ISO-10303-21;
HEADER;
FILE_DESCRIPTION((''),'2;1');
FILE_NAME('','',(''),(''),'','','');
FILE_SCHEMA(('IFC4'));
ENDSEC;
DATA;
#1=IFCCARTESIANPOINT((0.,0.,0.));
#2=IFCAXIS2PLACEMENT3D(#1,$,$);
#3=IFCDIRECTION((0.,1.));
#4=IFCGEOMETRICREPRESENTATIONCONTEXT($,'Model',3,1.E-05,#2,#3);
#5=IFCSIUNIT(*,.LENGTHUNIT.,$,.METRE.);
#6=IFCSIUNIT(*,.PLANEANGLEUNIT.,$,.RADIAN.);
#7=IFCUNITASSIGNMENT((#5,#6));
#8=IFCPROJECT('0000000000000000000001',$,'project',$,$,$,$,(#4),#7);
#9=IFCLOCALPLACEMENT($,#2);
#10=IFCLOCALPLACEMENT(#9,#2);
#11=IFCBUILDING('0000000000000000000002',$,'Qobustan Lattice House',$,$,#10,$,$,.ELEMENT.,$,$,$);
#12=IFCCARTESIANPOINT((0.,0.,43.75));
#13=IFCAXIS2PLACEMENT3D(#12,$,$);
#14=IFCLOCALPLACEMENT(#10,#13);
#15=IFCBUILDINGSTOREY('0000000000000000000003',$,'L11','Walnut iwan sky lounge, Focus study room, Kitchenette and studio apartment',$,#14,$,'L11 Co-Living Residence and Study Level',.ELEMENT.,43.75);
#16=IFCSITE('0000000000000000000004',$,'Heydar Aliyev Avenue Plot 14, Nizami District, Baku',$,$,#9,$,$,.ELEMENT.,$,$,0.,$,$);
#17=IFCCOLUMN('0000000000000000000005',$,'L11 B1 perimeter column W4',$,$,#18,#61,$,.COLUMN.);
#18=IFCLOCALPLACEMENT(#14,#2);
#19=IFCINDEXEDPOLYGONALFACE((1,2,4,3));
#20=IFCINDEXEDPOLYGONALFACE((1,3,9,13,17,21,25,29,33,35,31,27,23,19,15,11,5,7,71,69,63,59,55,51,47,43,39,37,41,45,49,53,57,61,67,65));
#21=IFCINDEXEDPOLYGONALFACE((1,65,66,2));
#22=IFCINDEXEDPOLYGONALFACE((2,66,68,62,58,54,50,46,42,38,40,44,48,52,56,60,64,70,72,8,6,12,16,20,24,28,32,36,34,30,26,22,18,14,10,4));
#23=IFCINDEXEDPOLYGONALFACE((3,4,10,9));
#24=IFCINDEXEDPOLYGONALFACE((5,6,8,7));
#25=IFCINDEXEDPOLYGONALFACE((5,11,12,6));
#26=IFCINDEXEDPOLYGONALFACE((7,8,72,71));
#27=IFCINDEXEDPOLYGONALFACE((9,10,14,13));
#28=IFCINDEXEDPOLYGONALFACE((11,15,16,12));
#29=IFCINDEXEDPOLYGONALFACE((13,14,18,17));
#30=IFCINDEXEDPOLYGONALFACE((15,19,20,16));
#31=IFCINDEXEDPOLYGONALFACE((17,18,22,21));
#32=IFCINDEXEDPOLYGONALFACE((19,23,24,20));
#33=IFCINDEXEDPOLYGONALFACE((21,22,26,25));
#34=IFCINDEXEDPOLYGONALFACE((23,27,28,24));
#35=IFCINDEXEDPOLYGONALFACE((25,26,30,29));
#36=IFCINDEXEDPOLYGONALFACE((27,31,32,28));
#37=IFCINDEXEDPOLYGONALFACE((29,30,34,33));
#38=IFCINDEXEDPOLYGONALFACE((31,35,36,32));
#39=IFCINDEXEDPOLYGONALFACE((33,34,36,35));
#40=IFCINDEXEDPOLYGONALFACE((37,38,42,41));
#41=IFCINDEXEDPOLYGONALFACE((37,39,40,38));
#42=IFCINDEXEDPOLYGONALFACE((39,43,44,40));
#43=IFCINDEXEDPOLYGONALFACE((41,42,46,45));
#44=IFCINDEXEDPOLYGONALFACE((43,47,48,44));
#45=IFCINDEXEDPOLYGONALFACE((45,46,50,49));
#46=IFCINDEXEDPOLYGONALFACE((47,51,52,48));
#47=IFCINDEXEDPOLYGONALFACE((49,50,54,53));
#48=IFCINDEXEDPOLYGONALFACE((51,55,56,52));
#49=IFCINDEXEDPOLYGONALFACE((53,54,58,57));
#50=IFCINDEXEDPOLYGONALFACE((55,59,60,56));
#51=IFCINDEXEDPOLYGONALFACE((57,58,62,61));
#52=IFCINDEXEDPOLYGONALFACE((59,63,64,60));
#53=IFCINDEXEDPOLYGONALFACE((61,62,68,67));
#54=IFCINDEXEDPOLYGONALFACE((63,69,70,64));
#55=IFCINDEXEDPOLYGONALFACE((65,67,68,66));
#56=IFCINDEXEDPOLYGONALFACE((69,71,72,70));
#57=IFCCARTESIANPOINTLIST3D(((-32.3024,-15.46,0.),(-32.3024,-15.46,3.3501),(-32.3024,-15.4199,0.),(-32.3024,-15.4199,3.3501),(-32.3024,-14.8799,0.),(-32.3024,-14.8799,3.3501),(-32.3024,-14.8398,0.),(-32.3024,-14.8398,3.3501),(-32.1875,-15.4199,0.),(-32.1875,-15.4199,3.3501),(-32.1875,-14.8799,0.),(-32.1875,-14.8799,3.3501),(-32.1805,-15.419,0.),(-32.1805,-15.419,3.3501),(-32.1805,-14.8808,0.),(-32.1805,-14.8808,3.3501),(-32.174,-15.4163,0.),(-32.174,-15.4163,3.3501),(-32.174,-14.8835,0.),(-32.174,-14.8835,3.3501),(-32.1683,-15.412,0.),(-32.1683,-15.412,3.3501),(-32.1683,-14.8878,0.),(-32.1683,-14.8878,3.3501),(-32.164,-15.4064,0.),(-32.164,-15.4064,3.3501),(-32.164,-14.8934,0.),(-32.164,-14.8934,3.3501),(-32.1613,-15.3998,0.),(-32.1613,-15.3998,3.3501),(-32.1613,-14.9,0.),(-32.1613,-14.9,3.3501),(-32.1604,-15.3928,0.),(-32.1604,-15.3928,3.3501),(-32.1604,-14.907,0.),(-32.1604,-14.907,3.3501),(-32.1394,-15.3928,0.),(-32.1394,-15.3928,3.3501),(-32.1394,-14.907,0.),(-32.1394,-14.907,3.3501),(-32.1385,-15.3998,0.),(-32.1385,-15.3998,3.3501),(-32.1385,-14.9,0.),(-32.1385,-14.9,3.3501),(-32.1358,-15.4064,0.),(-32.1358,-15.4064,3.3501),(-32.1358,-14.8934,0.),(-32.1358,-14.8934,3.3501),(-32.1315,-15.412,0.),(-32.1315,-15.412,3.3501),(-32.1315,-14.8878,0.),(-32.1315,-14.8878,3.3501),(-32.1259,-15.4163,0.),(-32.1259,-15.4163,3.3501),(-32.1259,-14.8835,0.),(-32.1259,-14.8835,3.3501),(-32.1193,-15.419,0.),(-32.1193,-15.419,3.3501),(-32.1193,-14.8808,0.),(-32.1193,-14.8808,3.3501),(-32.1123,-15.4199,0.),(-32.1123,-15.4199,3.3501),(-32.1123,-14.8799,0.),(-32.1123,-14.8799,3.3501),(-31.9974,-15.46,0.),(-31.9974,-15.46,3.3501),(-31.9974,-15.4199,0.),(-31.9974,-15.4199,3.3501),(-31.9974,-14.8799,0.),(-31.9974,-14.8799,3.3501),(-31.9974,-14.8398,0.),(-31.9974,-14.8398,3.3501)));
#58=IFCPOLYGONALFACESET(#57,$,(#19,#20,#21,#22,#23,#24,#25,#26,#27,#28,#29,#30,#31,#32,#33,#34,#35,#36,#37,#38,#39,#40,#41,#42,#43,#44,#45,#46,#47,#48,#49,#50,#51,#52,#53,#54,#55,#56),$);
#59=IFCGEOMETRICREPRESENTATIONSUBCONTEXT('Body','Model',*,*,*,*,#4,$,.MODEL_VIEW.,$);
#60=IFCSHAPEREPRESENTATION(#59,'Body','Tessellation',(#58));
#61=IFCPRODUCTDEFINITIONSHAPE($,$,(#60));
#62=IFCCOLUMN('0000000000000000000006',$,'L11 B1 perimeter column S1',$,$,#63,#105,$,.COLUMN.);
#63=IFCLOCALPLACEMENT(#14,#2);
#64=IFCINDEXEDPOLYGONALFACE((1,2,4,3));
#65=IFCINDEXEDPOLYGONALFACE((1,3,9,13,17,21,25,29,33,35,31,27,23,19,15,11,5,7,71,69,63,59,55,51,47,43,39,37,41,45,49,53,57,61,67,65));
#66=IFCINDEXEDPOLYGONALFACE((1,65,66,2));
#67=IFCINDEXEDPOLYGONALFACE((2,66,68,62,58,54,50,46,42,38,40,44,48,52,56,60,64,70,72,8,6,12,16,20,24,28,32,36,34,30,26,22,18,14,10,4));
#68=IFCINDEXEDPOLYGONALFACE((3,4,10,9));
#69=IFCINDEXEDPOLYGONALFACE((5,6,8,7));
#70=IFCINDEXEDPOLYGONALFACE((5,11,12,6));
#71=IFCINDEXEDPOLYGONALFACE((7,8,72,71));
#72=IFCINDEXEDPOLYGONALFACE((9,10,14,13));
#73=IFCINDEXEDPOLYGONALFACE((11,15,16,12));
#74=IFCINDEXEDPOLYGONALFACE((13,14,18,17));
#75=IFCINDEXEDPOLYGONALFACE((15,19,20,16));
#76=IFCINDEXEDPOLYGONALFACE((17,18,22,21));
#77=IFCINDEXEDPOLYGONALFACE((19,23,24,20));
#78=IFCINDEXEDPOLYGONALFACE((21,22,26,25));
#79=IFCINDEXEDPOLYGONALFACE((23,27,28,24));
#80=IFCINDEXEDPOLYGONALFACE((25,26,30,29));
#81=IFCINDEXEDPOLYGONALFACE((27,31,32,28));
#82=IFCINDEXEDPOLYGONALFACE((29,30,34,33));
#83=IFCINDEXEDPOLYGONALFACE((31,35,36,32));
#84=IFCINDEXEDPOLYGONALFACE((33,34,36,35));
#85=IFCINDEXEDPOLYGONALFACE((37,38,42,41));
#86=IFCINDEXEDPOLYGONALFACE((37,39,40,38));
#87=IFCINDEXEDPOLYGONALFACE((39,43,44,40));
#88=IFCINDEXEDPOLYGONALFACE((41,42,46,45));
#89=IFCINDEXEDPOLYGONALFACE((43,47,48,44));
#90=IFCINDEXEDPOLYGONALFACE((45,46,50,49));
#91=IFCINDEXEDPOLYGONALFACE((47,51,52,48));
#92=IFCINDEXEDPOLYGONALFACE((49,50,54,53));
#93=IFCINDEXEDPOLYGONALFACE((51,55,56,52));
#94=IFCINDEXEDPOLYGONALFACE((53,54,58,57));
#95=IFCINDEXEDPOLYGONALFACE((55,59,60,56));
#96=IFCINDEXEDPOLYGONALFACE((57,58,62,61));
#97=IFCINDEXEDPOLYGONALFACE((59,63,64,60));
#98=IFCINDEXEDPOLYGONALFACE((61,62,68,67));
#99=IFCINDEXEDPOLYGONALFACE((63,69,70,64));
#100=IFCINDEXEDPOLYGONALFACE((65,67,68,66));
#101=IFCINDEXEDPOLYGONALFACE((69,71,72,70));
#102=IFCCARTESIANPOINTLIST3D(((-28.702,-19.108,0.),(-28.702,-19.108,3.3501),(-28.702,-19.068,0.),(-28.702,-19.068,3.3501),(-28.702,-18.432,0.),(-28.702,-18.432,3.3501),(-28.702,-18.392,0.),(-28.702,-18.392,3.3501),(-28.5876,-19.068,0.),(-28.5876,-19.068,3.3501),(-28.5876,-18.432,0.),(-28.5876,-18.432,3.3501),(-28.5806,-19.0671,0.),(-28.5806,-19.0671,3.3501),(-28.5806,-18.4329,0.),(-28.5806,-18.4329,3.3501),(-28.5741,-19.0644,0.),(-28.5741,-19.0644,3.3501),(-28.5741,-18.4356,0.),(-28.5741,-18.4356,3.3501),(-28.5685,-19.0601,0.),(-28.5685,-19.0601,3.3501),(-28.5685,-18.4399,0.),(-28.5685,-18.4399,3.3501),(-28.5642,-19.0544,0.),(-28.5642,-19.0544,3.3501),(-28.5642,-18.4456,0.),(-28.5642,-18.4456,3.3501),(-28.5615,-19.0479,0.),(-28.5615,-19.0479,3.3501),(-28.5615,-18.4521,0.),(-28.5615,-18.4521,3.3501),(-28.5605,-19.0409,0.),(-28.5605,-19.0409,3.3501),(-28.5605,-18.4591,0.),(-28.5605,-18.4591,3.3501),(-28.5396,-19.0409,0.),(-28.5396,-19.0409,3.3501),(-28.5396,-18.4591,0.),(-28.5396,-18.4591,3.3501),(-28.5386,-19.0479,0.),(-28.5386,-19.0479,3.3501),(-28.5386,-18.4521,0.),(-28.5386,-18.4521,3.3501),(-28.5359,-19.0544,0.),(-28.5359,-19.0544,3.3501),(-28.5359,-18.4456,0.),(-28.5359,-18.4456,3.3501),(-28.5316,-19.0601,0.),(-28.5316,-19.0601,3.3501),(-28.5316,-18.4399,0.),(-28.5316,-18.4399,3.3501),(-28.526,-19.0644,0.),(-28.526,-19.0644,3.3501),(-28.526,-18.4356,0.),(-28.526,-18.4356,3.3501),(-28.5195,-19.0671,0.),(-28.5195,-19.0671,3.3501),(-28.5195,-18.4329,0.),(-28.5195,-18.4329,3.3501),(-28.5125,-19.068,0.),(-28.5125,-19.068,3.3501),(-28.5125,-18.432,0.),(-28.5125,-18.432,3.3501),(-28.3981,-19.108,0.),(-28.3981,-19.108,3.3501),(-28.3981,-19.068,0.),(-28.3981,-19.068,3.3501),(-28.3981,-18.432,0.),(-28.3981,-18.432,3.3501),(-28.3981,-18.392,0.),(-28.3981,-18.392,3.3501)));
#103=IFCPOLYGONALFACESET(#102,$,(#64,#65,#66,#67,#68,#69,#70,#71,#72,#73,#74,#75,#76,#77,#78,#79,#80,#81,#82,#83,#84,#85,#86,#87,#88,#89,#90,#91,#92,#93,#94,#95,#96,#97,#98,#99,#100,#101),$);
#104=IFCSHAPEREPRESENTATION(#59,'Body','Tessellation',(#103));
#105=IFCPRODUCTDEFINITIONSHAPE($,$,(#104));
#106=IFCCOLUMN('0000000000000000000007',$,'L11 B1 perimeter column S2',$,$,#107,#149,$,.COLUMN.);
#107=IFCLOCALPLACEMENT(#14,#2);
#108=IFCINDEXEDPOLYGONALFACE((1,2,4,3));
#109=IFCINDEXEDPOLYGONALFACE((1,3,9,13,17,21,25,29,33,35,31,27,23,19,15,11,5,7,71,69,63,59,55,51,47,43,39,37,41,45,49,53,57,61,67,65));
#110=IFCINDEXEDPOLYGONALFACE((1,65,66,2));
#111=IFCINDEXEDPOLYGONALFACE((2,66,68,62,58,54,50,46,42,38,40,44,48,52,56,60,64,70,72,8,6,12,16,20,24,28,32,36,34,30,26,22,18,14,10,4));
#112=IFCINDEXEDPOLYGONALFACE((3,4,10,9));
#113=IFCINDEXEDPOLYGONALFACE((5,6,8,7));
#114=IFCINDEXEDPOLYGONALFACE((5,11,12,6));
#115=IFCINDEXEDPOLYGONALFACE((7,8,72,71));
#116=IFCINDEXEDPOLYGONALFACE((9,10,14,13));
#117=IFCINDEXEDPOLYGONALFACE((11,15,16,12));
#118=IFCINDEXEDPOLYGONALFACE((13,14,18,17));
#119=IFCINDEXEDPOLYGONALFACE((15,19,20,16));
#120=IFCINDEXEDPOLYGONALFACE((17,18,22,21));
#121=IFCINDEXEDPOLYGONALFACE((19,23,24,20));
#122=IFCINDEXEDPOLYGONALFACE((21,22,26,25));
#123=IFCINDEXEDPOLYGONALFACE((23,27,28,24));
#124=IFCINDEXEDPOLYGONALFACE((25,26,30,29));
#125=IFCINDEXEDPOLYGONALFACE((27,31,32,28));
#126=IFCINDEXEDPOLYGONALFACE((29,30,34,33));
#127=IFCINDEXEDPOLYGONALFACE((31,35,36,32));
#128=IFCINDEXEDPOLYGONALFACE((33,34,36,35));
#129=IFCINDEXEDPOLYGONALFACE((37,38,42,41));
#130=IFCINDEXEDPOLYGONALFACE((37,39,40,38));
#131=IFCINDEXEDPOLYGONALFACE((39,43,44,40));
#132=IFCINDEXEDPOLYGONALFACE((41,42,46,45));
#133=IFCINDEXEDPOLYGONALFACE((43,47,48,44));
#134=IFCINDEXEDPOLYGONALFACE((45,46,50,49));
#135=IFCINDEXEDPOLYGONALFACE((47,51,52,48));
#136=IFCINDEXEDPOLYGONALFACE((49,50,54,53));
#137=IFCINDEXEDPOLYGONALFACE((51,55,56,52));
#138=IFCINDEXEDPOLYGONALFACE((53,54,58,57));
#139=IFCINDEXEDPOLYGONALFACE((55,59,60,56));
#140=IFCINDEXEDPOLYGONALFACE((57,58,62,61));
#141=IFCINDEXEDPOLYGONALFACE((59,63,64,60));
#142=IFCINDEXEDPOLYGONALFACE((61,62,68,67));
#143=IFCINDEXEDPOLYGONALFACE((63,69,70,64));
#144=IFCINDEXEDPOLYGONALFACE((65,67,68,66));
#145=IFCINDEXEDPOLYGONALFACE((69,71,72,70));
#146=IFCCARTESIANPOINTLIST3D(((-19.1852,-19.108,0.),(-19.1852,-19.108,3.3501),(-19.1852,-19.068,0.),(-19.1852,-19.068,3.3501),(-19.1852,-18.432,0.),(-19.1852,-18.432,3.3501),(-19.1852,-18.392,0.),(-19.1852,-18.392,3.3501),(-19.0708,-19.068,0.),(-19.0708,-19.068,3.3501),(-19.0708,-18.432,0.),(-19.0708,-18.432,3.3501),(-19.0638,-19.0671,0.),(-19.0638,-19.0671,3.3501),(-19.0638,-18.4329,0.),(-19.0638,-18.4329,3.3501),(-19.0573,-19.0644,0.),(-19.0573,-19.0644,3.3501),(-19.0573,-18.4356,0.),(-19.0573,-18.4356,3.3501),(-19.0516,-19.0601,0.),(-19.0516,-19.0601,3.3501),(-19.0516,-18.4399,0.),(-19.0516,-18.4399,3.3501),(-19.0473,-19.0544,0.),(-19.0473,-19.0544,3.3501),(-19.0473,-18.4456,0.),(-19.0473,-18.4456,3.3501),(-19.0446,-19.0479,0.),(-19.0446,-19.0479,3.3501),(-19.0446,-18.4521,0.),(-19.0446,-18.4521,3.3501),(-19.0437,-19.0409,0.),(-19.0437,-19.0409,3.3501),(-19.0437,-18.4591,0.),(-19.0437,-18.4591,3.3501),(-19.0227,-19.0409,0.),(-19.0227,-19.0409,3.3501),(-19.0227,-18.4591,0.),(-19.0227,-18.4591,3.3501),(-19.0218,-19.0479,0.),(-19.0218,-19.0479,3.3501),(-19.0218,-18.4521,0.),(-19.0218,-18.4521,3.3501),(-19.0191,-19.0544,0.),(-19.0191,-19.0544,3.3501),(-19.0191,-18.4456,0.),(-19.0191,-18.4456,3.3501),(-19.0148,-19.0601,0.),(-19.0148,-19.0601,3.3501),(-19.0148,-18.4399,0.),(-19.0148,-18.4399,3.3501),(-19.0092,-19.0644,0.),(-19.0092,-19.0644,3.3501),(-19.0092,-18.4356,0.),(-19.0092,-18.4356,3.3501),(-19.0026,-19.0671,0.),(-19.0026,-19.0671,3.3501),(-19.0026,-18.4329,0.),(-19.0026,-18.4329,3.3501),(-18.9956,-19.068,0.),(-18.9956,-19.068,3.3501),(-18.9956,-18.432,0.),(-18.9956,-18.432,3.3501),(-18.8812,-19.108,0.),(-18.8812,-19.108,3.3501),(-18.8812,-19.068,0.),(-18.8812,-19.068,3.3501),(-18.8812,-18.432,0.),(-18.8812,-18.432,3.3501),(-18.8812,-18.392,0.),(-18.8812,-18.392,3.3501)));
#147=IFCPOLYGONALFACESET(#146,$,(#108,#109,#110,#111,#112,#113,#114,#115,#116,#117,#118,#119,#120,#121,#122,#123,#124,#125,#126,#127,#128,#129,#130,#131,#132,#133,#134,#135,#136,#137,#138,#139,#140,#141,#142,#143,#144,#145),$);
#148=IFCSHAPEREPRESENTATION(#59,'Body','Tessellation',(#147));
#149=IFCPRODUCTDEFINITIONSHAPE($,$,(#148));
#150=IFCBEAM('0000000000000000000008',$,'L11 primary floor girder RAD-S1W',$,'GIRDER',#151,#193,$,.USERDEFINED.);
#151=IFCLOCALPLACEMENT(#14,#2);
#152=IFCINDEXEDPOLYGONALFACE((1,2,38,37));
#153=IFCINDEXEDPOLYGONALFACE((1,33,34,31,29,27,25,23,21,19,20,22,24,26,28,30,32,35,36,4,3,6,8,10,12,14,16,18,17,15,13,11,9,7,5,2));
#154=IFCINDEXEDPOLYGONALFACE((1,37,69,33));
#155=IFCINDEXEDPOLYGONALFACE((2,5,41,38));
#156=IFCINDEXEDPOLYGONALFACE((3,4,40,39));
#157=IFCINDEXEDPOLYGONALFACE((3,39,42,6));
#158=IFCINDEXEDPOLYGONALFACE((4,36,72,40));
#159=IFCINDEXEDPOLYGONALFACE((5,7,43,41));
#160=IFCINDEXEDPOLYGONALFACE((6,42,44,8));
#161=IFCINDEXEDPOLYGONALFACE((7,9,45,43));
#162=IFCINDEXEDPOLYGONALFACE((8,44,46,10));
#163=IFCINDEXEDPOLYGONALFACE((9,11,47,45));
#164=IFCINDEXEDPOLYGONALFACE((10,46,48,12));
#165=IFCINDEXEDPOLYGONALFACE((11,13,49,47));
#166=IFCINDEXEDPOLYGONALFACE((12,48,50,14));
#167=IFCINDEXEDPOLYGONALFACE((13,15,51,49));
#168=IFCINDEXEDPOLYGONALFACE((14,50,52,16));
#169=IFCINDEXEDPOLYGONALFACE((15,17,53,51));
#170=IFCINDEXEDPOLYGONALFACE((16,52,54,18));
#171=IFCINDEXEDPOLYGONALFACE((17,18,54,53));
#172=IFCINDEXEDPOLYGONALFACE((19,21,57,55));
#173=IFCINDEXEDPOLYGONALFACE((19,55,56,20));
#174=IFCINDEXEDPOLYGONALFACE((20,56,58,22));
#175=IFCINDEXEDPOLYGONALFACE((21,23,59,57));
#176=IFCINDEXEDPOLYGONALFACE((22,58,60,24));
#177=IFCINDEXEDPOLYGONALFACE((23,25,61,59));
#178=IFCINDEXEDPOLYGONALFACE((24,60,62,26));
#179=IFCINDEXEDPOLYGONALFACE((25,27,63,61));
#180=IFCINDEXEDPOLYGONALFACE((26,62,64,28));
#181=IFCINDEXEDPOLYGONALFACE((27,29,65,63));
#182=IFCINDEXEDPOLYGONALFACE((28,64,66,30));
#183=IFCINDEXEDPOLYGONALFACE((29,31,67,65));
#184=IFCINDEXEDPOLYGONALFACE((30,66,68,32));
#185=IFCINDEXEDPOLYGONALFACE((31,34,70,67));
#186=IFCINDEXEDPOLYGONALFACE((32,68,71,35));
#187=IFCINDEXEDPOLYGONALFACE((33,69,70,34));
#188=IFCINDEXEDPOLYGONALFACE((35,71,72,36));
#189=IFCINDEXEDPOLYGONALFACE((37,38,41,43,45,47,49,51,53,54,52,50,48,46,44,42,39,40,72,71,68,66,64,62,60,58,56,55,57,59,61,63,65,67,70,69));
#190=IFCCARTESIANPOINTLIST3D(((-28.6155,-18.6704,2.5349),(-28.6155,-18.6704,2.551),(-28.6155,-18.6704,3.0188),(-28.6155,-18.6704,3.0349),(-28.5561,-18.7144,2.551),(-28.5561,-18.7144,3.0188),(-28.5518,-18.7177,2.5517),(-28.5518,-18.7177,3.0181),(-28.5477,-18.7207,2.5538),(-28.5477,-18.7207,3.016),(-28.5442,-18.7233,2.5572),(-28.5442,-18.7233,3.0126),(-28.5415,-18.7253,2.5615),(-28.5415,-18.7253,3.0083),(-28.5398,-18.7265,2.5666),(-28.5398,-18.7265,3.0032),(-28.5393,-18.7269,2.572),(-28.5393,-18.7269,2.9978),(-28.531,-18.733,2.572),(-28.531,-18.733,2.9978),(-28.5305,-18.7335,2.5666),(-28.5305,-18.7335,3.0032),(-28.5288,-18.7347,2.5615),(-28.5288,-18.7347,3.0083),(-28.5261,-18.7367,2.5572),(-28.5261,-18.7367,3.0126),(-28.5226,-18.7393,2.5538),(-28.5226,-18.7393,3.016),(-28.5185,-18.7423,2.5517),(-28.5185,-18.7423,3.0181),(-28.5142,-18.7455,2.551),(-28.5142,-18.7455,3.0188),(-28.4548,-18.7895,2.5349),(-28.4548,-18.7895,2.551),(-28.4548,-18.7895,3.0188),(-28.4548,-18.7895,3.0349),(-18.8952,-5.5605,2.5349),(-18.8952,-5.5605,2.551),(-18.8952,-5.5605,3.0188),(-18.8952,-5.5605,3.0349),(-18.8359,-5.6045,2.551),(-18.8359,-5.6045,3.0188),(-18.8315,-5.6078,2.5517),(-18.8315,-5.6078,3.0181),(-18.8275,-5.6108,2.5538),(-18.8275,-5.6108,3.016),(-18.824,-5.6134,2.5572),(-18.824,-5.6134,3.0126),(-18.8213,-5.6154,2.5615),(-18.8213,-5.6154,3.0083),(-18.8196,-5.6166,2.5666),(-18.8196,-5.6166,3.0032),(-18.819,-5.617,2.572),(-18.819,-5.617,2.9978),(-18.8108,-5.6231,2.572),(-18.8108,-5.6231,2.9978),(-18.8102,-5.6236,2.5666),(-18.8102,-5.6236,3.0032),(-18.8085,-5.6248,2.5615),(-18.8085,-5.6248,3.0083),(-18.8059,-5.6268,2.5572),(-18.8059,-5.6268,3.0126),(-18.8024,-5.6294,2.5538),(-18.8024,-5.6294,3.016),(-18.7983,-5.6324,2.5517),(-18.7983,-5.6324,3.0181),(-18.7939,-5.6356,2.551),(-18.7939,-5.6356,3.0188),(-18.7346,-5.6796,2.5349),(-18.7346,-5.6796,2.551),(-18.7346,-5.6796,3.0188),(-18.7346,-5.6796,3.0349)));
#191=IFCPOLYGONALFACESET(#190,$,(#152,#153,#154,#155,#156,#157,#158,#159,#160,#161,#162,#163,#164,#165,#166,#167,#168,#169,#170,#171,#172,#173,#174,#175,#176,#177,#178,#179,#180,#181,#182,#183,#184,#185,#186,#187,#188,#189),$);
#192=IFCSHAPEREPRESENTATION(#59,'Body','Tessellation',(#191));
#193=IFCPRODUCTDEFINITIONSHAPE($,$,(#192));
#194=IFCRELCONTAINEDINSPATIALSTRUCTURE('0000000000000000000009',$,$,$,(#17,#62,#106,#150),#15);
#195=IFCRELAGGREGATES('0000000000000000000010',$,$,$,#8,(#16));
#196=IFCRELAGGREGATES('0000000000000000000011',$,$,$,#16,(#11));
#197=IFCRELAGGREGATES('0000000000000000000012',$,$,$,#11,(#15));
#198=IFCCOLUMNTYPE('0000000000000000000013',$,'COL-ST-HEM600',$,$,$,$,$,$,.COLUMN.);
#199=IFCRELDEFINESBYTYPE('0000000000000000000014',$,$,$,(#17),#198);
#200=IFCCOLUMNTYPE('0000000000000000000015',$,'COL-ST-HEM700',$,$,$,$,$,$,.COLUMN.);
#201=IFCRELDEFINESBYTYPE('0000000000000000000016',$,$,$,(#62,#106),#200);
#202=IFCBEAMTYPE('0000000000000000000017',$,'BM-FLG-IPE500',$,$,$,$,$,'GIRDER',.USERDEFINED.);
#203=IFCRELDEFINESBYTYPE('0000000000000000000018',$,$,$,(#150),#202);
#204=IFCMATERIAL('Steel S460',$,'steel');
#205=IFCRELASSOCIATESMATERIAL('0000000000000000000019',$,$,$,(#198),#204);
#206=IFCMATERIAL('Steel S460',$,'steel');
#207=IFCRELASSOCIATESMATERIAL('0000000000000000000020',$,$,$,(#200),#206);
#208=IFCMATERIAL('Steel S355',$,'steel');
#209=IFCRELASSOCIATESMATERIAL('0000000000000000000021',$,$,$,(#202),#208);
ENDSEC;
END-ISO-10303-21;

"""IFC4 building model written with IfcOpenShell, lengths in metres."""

from ifc_helpers import new_model, si_unit, direction, frame, origin, origin_2d, place, context, subcontext, project, spatial, i_section, extrude, material, material_profile, profile_set, type_object, element, save


model = new_model("IFC4")

# Units and contexts
model_context = context("Model", 3, precision=1e-05, world=origin(), true_north=direction((0.0, 1.0)))
body_context = subcontext(model_context, "Body", "Model", "MODEL_VIEW")
ifc_project = project(units=[si_unit("LENGTHUNIT", "METRE"), si_unit("PLANEANGLEUNIT", "RADIAN")], contexts=[model_context])

# Site, building, storey
site_placement = place(None, origin())
site = spatial("IfcSite", under=ifc_project, at=site_placement, Name="Heydar Aliyev Avenue Plot 14, Nizami District, Baku", CompositionType="ELEMENT", RefElevation=0.0)
building_placement = place(site_placement, origin())
building = spatial("IfcBuilding", under=site, at=building_placement, Name="Qobustan Lattice House", CompositionType="ELEMENT")
storey_placement = place(building_placement, frame((0.0, 0.0, 43.75)))
storey = spatial("IfcBuildingStorey", under=building, at=storey_placement, Name="L11", Description="Walnut iwan sky lounge, Focus study room, Kitchenette and studio apartment", LongName="L11 Co-Living Residence and Study Level", CompositionType="ELEMENT", Elevation=43.75)

# Columns
ifc_material_1 = material(Name="Steel S460", Category="steel")
ifc_material_profile_1 = material_profile(ifc_material_1, i_section(OverallWidth=0.3049, OverallDepth=0.6201, WebThickness=0.021, FlangeThickness=0.04, FilletRadius=0.0271, at=origin_2d()), Name="HEM600")
ifc_profile_set_1 = profile_set([ifc_material_profile_1], Name="Steel S460")
column_type_1 = type_object("IfcColumnType", Name="COL-ST-HEM600", PredefinedType="COLUMN", material=ifc_profile_set_1)
column_placement = place(storey_placement, frame((-32.1499, -15.1499, 0.0), z_axis=(0.0, 0.0, 1.0), x_axis=(1.0, 0.0, 0.0)))
element("IfcColumn", 1, at=column_placement, inside=storey, type_object=column_type_1, Name="L11 B1 perimeter column W4", PredefinedType="COLUMN", context=body_context, shape_type="SweptSolid", body=[
    extrude(i_section(OverallWidth=0.3049, OverallDepth=0.6201, WebThickness=0.021, FlangeThickness=0.04, FilletRadius=0.0271, at=origin_2d()), origin(), (0.0, 0.0, 1.0), 3.3501),
])
ifc_material_2 = material(Name="Steel S460", Category="steel")
ifc_material_profile_2 = material_profile(ifc_material_2, i_section(OverallWidth=0.304, OverallDepth=0.7161, WebThickness=0.021, FlangeThickness=0.04, FilletRadius=0.0271, at=origin_2d()), Name="HEM700")
ifc_profile_set_2 = profile_set([ifc_material_profile_2], Name="Steel S460")
column_type_2 = type_object("IfcColumnType", Name="COL-ST-HEM700", PredefinedType="COLUMN", material=ifc_profile_set_2)
for number, where, z_axis, x_axis, name in (
    (2, (-28.55, -18.75, 0.0), (0.0, 0.0, 1.0), (1.0, 0.0, 0.0), "L11 B1 perimeter column S1"),
    (3, (-19.0332, -18.75, 0.0), (0.0, 0.0, 1.0), (1.0, 0.0, 0.0), "L11 B1 perimeter column S2"),
):
    element("IfcColumn", number, at=place(storey_placement, frame(where, z_axis=z_axis, x_axis=x_axis)), inside=storey, type_object=column_type_2, Name=name, PredefinedType="COLUMN", context=body_context, shape_type="SweptSolid", body=[
        extrude(i_section(OverallWidth=0.304, OverallDepth=0.7161, WebThickness=0.021, FlangeThickness=0.04, FilletRadius=0.0271, at=origin_2d()), origin(), (0.0, 0.0, 1.0), 3.3501),
    ])

# Beam
ifc_material_3 = material(Name="Steel S355", Category="steel")
ifc_material_profile_3 = material_profile(ifc_material_3, i_section(OverallWidth=0.2, OverallDepth=0.5, WebThickness=0.0103, FlangeThickness=0.0161, FilletRadius=0.021, at=origin_2d()), Name="IPE500")
ifc_profile_set_3 = profile_set([ifc_material_profile_3], Name="Steel S355")
beam_type_1 = type_object("IfcBeamType", Name="BM-FLG-IPE500", ElementType="GIRDER", PredefinedType="USERDEFINED", material=ifc_profile_set_3)
beam_1_placement = place(storey_placement, frame((-28.5352, -18.73, 2.7849), z_axis=(0.595592, 0.803287, 0.0), x_axis=(-0.803287, 0.595592, 0.0)))
element("IfcBeam", 4, at=beam_1_placement, inside=storey, type_object=beam_type_1, Name="L11 primary floor girder RAD-S1W", ObjectType="GIRDER", PredefinedType="USERDEFINED", context=body_context, shape_type="SweptSolid", body=[
    extrude(i_section(OverallWidth=0.2, OverallDepth=0.5, WebThickness=0.0103, FlangeThickness=0.0161, FilletRadius=0.021, at=origin_2d()), origin(), (0.0, 0.0, 1.0), 16.3203),
])

save(model, "model.ifc")
